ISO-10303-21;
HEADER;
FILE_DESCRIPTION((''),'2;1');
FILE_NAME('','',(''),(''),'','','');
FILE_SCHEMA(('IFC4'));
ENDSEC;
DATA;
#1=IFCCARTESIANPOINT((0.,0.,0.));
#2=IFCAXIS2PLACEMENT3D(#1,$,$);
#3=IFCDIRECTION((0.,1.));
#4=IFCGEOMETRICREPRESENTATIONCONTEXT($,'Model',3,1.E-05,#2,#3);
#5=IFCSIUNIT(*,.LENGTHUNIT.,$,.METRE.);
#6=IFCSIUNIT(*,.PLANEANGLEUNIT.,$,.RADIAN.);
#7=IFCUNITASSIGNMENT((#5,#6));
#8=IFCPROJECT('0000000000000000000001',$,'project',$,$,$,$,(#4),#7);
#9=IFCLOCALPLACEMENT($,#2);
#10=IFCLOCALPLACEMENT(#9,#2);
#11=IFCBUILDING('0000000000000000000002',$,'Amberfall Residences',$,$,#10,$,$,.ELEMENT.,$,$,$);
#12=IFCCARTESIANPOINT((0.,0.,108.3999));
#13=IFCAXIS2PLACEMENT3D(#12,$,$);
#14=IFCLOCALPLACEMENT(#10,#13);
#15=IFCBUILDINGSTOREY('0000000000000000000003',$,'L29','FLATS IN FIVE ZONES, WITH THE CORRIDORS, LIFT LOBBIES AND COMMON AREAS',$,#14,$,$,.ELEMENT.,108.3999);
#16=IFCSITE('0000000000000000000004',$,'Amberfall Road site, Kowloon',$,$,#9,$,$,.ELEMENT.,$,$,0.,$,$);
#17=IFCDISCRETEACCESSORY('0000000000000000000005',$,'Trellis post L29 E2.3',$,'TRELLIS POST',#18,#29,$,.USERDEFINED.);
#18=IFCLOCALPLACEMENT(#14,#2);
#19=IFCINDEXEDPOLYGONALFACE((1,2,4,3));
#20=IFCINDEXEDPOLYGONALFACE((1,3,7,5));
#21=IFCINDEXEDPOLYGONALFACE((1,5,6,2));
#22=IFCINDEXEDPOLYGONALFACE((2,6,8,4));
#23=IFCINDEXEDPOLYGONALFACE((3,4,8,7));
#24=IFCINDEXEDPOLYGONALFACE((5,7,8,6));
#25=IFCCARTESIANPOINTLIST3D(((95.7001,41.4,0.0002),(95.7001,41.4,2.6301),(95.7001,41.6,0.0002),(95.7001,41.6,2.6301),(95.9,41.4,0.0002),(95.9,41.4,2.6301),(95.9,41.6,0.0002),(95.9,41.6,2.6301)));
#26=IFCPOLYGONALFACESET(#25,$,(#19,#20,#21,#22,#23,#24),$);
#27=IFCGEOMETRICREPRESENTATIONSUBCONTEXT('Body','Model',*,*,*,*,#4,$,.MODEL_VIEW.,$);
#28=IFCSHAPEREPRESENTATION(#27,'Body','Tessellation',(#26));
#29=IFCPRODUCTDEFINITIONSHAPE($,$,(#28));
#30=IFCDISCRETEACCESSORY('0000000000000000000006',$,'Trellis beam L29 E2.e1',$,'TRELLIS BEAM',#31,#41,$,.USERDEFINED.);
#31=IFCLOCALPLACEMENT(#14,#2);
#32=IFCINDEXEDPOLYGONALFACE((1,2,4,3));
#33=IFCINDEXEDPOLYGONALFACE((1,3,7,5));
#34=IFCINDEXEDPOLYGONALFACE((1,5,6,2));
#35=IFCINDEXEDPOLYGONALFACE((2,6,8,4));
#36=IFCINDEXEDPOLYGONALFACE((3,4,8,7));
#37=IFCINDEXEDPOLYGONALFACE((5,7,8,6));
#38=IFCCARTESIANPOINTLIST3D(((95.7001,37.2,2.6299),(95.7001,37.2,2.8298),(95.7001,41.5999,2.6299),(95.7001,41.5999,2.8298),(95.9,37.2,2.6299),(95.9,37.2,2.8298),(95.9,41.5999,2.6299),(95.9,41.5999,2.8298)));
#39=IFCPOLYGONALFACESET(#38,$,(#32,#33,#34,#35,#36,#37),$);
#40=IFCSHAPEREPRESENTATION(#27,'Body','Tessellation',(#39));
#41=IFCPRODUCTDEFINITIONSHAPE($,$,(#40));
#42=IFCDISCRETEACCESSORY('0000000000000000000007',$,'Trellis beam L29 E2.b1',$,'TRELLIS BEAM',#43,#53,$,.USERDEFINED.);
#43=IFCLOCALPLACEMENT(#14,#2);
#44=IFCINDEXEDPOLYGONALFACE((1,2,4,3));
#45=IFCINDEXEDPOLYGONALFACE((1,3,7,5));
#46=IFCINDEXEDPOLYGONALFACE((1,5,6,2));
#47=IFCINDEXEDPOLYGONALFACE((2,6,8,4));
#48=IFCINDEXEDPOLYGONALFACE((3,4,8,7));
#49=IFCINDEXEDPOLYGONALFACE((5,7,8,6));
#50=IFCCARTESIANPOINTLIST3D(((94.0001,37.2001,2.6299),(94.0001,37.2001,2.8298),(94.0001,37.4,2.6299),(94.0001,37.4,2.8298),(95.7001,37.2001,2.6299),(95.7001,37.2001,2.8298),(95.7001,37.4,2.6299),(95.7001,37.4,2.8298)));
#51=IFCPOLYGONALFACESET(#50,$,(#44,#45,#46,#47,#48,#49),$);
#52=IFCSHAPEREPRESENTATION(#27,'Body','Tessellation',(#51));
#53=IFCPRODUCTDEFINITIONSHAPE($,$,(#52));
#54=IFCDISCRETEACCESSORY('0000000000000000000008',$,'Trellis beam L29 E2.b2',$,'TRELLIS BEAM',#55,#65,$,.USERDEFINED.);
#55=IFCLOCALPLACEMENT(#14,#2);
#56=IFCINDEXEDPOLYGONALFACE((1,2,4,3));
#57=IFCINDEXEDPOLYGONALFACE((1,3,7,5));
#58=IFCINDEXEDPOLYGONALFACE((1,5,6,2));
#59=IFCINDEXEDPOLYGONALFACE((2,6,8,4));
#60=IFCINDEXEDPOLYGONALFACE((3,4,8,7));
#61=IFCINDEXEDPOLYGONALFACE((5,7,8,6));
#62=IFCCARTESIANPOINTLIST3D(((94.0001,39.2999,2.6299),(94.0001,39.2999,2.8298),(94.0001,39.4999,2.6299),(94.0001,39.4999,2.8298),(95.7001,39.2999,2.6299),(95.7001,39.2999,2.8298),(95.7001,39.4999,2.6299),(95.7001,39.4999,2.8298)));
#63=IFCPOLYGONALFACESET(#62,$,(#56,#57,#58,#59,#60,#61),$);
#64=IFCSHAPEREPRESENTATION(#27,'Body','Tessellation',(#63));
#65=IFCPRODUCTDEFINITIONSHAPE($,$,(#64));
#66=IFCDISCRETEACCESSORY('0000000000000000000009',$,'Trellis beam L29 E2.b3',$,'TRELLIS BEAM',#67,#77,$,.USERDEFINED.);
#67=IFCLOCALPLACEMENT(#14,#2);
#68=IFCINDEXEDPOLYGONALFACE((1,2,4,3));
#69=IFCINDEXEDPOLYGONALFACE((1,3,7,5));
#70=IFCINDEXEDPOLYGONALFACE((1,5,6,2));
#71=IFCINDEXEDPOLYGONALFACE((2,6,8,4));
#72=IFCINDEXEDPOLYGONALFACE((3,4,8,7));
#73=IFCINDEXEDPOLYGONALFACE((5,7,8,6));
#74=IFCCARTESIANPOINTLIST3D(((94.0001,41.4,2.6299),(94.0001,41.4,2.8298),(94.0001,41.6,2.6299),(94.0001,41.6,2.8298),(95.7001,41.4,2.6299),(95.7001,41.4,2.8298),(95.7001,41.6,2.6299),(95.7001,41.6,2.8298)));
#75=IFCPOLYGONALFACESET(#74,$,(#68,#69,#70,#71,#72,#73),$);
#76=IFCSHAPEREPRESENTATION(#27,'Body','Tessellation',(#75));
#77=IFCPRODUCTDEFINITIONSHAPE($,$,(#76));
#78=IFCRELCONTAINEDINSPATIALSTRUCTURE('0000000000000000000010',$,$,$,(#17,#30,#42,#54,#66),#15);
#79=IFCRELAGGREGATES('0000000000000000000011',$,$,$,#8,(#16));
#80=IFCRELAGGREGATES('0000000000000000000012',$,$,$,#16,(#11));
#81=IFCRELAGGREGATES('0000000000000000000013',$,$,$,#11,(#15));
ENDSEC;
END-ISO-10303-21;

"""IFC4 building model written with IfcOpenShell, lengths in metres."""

from ifc_helpers import new_model, si_unit, direction, frame, origin, origin_2d, place, context, subcontext, project, spatial, rectangle, extrude, element, save


model = new_model("IFC4")

# Units and contexts
model_context = context("Model", 3, precision=1e-05, world=origin(), true_north=direction((0.0, 1.0)))
body_context = subcontext(model_context, "Body", "Model", "MODEL_VIEW")
ifc_project = project(units=[si_unit("LENGTHUNIT", "METRE"), si_unit("PLANEANGLEUNIT", "RADIAN")], contexts=[model_context])

# Site, building, storey
site_placement = place(None, origin())
site = spatial("IfcSite", under=ifc_project, at=site_placement, Name="Amberfall Road site, Kowloon", CompositionType="ELEMENT", RefElevation=0.0)
building_placement = place(site_placement, origin())
building = spatial("IfcBuilding", under=site, at=building_placement, Name="Amberfall Residences", CompositionType="ELEMENT")
storey_placement = place(building_placement, frame((0.0, 0.0, 108.3999)))
storey = spatial("IfcBuildingStorey", under=building, at=storey_placement, Name="L29", Description="FLATS IN FIVE ZONES, WITH THE CORRIDORS, LIFT LOBBIES AND COMMON AREAS", CompositionType="ELEMENT", Elevation=108.3999)

# Discrete accessories
for number, where, z_axis, x_axis, name in (
    (1, (95.8, 41.5, 0.0002), (0.0, 0.0, 1.0), (1.0, 0.0, 0.0), "Trellis post L29 E2.3"),
):
    element("IfcDiscreteAccessory", number, at=place(storey_placement, frame(where, z_axis=z_axis, x_axis=x_axis)), inside=storey, Name=name, ObjectType="TRELLIS POST", PredefinedType="USERDEFINED", context=body_context, shape_type="SweptSolid", body=[
        extrude(rectangle(XDim=0.2, YDim=0.2, at=origin_2d()), origin(), (0.0, 0.0, 1.0), 2.6299),
    ])
discrete_accessory_placement = place(storey_placement, frame((95.8, 39.3999, 2.6299), z_axis=(0.0, 0.0, 1.0), x_axis=(0.0, 1.0, 0.0)))
element("IfcDiscreteAccessory", 2, at=discrete_accessory_placement, inside=storey, Name="Trellis beam L29 E2.e1", ObjectType="TRELLIS BEAM", PredefinedType="USERDEFINED", context=body_context, shape_type="SweptSolid", body=[
    extrude(rectangle(XDim=4.3999, YDim=0.2, at=origin_2d()), origin(), (0.0, 0.0, 1.0), 0.2),
])
for number, where, z_axis, x_axis, name in (
    (3, (94.8501, 37.3, 2.6299), (0.0, 0.0, 1.0), (-1.0, 0.0, 0.0), "Trellis beam L29 E2.b1"),
    (4, (94.8501, 39.3999, 2.6299), (0.0, 0.0, 1.0), (-1.0, 0.0, 0.0), "Trellis beam L29 E2.b2"),
    (5, (94.8501, 41.5, 2.6299), (0.0, 0.0, 1.0), (-1.0, 0.0, 0.0), "Trellis beam L29 E2.b3"),
):
    element("IfcDiscreteAccessory", number, at=place(storey_placement, frame(where, z_axis=z_axis, x_axis=x_axis)), inside=storey, Name=name, ObjectType="TRELLIS BEAM", PredefinedType="USERDEFINED", context=body_context, shape_type="SweptSolid", body=[
        extrude(rectangle(XDim=1.7, YDim=0.2, at=origin_2d()), origin(), (0.0, 0.0, 1.0), 0.2),
    ])

save(model, "model.ifc")
